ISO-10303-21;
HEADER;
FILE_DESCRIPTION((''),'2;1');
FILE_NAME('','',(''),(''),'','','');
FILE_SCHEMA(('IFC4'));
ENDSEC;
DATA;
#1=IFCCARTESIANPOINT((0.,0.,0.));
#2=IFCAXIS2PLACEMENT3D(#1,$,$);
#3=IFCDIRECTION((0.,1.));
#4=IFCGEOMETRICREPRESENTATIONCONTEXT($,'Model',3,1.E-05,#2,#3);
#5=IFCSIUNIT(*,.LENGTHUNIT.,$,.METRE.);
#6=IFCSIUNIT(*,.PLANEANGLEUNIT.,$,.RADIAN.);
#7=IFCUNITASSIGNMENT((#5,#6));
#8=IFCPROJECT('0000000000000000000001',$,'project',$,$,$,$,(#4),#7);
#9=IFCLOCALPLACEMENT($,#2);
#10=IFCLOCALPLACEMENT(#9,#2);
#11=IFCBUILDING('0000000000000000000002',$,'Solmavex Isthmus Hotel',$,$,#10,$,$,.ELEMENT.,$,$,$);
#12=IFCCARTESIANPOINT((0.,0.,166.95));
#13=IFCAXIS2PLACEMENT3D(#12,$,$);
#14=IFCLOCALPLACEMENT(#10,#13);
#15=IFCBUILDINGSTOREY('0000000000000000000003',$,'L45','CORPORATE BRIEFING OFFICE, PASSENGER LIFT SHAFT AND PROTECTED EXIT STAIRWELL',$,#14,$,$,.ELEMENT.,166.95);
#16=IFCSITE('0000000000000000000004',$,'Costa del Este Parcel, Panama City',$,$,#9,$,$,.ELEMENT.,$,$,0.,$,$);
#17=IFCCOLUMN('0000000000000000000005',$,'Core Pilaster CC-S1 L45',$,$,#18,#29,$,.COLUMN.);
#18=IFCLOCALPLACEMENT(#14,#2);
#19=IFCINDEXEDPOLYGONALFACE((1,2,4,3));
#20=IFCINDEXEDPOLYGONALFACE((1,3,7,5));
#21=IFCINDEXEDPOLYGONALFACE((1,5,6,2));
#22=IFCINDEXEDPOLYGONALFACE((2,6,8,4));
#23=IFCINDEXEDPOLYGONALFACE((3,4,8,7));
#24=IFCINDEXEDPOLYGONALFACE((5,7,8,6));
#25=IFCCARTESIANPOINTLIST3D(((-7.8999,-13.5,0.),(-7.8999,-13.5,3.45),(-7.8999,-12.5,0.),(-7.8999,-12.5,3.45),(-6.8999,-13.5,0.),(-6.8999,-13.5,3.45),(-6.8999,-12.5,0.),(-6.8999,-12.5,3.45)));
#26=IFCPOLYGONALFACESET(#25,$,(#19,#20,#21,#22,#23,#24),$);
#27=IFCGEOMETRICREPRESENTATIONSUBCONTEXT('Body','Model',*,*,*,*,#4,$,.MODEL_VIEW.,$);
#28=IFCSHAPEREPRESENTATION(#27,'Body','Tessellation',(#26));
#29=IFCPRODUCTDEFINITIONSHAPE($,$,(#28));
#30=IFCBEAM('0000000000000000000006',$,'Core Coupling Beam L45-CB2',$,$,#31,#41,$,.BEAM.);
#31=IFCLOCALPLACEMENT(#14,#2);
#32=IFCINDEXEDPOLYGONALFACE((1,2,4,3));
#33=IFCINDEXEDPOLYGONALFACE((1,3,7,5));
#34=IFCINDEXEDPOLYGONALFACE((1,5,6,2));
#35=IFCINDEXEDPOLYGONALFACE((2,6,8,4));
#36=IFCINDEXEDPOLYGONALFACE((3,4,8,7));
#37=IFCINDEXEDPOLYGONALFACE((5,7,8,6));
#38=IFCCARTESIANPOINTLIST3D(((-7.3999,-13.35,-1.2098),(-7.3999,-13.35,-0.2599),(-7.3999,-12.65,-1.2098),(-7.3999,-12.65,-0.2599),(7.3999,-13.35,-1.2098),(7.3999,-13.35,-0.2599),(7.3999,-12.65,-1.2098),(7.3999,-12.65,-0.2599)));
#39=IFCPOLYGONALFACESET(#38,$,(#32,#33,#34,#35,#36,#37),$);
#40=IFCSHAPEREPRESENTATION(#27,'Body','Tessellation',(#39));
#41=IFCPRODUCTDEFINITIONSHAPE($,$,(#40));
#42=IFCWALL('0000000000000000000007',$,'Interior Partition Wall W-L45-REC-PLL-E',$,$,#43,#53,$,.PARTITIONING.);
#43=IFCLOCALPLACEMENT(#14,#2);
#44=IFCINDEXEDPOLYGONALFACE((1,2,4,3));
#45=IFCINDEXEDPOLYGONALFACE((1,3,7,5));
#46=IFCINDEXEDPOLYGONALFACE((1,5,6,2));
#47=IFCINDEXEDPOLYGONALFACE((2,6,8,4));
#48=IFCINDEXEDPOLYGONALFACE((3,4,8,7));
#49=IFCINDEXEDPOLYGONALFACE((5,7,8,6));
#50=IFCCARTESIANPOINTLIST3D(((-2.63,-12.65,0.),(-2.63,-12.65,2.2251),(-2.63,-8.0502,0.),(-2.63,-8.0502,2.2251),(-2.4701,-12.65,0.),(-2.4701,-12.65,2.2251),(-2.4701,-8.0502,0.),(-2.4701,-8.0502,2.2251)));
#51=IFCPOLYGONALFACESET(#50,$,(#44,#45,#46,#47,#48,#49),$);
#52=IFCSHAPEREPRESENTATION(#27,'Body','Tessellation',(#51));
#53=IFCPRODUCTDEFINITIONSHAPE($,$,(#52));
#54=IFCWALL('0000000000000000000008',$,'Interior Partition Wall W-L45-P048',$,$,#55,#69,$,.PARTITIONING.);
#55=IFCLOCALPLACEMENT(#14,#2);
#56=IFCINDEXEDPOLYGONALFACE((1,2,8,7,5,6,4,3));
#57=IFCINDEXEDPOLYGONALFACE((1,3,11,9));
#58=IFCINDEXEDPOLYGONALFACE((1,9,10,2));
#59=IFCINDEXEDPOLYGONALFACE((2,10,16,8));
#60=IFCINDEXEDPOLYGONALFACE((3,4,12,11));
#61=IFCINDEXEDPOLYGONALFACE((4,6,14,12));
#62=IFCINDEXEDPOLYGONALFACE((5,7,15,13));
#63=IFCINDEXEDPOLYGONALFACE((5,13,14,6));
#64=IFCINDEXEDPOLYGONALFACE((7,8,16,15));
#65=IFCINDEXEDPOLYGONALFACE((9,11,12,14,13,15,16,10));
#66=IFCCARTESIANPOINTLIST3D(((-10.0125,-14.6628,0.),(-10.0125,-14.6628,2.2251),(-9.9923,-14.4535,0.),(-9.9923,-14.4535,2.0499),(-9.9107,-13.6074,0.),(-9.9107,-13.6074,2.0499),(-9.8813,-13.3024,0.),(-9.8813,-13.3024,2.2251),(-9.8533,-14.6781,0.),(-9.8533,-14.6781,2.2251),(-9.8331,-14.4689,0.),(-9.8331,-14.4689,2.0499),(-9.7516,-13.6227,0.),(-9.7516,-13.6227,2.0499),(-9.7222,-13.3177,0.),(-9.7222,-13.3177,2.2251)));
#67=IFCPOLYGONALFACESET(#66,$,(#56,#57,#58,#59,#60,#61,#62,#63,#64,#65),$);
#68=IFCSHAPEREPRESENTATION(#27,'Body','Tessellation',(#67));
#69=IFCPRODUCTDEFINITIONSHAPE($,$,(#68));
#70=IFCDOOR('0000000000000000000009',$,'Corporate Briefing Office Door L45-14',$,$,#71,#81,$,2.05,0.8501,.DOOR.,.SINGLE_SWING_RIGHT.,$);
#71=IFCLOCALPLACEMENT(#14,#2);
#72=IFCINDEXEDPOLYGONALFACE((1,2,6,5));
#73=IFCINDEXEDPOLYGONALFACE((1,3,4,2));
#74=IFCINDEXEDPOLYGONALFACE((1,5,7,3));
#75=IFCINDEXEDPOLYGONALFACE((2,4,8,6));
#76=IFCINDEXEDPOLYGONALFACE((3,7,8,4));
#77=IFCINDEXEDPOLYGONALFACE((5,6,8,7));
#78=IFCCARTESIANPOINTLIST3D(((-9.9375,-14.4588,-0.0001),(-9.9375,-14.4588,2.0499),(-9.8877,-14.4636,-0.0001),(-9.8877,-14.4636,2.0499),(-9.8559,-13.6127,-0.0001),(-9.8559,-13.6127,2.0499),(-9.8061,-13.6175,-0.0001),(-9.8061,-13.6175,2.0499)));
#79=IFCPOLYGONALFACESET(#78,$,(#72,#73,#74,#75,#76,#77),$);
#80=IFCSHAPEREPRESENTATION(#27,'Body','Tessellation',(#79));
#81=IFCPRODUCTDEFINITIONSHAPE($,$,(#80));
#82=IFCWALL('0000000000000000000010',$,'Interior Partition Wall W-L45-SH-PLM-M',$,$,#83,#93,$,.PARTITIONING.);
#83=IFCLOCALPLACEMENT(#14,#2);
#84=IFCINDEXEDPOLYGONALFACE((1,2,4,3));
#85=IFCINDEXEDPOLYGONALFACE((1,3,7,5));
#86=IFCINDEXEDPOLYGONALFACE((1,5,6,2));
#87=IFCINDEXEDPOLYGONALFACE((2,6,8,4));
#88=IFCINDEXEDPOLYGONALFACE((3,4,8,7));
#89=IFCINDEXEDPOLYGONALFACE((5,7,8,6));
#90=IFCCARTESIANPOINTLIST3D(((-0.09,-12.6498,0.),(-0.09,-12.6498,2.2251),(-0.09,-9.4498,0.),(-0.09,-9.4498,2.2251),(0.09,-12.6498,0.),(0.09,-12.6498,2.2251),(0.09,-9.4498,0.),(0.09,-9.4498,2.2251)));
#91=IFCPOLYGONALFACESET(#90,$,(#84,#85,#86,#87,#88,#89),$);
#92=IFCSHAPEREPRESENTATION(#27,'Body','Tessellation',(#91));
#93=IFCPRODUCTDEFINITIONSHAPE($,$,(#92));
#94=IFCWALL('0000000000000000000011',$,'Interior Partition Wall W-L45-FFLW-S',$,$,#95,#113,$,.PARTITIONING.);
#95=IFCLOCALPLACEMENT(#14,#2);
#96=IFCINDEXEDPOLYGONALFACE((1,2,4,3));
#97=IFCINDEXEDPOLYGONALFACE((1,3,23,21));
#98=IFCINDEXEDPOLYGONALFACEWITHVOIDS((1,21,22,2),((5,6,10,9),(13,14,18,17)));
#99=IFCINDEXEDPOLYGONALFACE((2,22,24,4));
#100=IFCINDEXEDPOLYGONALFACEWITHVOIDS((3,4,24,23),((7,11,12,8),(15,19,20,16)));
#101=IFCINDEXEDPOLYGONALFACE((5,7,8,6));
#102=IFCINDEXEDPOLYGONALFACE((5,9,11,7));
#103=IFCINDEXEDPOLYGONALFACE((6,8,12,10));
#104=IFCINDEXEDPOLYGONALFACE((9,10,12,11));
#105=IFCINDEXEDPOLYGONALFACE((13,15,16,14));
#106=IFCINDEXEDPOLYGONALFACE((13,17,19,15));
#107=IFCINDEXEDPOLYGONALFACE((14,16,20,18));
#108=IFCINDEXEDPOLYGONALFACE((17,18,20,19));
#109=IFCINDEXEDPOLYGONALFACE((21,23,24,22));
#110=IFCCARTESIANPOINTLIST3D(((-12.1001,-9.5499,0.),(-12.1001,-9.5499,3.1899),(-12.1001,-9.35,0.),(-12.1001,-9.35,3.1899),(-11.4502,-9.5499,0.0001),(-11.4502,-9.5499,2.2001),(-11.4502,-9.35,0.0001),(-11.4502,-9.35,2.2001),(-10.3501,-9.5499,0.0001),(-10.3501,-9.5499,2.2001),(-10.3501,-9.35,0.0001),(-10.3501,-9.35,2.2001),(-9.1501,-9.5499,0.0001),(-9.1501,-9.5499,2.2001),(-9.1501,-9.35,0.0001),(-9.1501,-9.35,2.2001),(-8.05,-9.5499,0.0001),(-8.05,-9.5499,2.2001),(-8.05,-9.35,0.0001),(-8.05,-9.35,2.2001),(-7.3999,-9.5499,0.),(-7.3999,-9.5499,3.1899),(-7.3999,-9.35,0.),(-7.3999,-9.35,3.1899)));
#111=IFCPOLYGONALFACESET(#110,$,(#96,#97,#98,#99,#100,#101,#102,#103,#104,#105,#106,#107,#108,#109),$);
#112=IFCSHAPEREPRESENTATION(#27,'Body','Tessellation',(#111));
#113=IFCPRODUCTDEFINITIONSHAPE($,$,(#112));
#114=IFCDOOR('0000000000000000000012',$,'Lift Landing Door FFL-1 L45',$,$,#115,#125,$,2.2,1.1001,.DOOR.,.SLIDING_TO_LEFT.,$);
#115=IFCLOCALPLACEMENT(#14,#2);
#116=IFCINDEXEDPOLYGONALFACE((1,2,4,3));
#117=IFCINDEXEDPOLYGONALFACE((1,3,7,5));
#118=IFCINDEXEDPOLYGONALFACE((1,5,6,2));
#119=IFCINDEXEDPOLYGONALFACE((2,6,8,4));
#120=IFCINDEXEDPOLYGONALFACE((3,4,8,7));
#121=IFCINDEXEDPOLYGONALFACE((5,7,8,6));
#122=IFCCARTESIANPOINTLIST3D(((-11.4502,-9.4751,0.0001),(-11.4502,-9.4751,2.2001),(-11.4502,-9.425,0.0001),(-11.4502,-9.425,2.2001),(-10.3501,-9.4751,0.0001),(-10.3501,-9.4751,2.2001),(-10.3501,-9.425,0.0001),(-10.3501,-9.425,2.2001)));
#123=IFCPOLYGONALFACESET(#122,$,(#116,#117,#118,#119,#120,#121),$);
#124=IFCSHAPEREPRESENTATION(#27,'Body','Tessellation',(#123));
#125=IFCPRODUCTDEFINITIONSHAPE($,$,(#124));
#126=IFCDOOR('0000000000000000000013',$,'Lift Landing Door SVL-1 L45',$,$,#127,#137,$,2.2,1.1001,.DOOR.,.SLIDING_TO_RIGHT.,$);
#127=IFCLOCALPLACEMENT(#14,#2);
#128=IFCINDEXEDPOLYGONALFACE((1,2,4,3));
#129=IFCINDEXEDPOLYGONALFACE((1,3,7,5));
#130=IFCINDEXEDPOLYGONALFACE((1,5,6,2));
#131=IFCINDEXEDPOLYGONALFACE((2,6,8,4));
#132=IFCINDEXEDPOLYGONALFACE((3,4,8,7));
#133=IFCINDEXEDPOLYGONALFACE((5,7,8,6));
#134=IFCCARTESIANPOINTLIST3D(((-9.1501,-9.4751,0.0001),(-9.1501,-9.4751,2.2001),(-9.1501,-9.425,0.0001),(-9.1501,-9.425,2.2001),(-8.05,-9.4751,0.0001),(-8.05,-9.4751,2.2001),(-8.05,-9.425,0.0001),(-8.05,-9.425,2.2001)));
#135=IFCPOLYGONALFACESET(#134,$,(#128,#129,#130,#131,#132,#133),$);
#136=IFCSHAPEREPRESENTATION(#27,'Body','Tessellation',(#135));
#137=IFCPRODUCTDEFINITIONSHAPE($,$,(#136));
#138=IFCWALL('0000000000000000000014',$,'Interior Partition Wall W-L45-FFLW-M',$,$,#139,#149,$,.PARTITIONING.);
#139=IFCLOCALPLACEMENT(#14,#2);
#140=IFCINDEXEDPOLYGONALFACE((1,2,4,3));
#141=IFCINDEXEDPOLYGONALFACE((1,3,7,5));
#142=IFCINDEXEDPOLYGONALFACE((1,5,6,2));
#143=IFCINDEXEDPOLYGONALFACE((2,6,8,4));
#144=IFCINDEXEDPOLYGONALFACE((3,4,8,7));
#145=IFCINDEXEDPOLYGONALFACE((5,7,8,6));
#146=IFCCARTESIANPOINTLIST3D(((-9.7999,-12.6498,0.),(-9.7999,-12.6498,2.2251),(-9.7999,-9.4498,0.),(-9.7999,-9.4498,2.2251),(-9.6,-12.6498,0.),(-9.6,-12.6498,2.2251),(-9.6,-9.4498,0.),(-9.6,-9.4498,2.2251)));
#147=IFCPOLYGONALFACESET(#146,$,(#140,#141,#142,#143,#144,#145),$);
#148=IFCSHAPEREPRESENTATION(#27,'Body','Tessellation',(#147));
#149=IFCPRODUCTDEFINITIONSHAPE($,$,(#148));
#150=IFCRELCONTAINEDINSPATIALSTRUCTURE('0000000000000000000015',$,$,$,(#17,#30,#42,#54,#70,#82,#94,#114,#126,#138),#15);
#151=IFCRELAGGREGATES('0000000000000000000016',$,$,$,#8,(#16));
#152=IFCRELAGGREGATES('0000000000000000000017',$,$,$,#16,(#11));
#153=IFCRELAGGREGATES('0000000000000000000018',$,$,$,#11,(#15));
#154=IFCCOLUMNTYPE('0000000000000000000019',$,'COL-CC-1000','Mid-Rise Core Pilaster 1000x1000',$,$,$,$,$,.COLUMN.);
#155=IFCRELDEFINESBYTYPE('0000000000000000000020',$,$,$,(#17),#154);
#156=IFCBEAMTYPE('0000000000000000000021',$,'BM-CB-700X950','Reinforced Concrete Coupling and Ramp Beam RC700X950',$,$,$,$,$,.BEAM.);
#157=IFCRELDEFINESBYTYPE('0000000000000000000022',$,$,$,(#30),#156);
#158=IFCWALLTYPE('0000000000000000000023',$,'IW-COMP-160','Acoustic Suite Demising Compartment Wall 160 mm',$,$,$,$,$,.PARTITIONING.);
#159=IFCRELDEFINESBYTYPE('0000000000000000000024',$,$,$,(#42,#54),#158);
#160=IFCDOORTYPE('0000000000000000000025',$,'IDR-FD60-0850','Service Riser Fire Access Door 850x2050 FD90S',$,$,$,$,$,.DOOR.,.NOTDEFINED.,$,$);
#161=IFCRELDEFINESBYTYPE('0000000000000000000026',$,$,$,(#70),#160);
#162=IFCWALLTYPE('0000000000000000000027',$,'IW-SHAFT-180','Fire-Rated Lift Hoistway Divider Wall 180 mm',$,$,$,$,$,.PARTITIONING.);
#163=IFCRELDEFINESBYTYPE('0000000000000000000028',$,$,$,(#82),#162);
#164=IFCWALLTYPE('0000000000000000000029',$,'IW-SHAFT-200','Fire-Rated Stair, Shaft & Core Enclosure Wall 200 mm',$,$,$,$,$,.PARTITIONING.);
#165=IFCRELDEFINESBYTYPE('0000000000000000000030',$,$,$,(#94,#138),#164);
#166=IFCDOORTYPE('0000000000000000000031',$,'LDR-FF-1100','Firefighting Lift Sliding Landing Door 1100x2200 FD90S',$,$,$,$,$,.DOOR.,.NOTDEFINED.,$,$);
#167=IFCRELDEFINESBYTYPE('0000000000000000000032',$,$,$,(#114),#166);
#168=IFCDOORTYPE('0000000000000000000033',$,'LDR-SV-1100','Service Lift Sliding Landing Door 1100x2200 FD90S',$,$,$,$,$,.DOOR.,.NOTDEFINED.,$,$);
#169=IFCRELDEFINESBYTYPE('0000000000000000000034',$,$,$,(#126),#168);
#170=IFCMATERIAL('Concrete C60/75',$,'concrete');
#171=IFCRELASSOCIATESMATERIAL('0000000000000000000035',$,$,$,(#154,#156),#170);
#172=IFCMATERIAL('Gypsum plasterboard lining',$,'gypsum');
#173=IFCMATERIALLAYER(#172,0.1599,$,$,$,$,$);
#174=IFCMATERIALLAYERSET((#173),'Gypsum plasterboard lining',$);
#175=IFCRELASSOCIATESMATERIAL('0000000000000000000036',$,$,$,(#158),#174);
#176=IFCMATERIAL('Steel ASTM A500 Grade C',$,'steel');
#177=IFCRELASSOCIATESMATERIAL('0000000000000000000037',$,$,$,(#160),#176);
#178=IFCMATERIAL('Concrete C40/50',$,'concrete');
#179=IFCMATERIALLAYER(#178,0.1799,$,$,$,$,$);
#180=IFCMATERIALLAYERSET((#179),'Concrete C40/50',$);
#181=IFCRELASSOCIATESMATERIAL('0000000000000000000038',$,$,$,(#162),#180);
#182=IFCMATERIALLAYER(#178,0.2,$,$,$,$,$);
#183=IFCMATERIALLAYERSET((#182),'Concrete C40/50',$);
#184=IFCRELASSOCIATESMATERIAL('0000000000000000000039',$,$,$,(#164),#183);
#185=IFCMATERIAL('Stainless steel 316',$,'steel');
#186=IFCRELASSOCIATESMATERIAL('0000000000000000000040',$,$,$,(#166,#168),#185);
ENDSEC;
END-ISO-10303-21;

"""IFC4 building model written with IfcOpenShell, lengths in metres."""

from ifc_helpers import new_model, si_unit, direction, frame, frame_2d, origin, origin_2d, place, context, subcontext, project, spatial, rectangle, extrude, material, layer, layer_set, material_profile, profile_set, type_object, element, fill, save


model = new_model("IFC4")

# Units and contexts
model_context = context("Model", 3, precision=1e-05, world=origin(), true_north=direction((0.0, 1.0)))
body_context = subcontext(model_context, "Body", "Model", "MODEL_VIEW")
ifc_project = project(units=[si_unit("LENGTHUNIT", "METRE"), si_unit("PLANEANGLEUNIT", "RADIAN")], contexts=[model_context])

# Site, building, storey
site_placement = place(None, origin())
site = spatial("IfcSite", under=ifc_project, at=site_placement, Name="Costa del Este Parcel, Panama City", CompositionType="ELEMENT", RefElevation=0.0)
building_placement = place(site_placement, origin())
building = spatial("IfcBuilding", under=site, at=building_placement, Name="Solmavex Isthmus Hotel", CompositionType="ELEMENT")
storey_placement = place(building_placement, frame((0.0, 0.0, 166.95)))
storey = spatial("IfcBuildingStorey", under=building, at=storey_placement, Name="L45", Description="CORPORATE BRIEFING OFFICE, PASSENGER LIFT SHAFT AND PROTECTED EXIT STAIRWELL", CompositionType="ELEMENT", Elevation=166.95)

# Column
ifc_material_1 = material(Name="Concrete C60/75", Category="concrete")
ifc_material_profile_1 = material_profile(ifc_material_1, rectangle(XDim=1.0, YDim=1.0, at=origin_2d()), Name="RC1000X1000")
ifc_profile_set_1 = profile_set([ifc_material_profile_1], Name="Concrete C60/75")
column_type = type_object("IfcColumnType", Name="COL-CC-1000", Description="Mid-Rise Core Pilaster 1000x1000", PredefinedType="COLUMN", material=ifc_profile_set_1)
column_placement = place(storey_placement, frame((-7.3999, -13.0, 0.0), z_axis=(0.0, 0.0, 1.0), x_axis=(1.0, 0.0, 0.0)))
element("IfcColumn", 1, at=column_placement, inside=storey, type_object=column_type, Name="Core Pilaster CC-S1 L45", PredefinedType="COLUMN", context=body_context, shape_type="SweptSolid", body=[
    extrude(rectangle(XDim=1.0, YDim=1.0, at=origin_2d()), origin(), (0.0, 0.0, 1.0), 3.45),
])

# Beam
ifc_material_profile_2 = material_profile(ifc_material_1, rectangle(XDim=0.7, YDim=0.95, at=origin_2d()), Name="RC700X950")
ifc_profile_set_2 = profile_set([ifc_material_profile_2], Name="Concrete C60/75")
beam_type = type_object("IfcBeamType", Name="BM-CB-700X950", Description="Reinforced Concrete Coupling and Ramp Beam RC700X950", PredefinedType="BEAM", material=ifc_profile_set_2)
beam_placement = place(storey_placement, frame((-7.3999, -13.0, -0.7349), z_axis=(1.0, 0.0, 0.0), x_axis=(0.0, 1.0, 0.0)))
element("IfcBeam", 2, at=beam_placement, inside=storey, type_object=beam_type, Name="Core Coupling Beam L45-CB2", PredefinedType="BEAM", context=body_context, shape_type="SweptSolid", body=[
    extrude(rectangle(XDim=0.7, YDim=0.95, at=origin_2d()), origin(), (0.0, 0.0, 1.0), 14.7998),
])

# Shared definitions
ifc_material_2 = material(Name="Gypsum plasterboard lining", Category="gypsum")
ifc_layer_1 = layer(ifc_material_2, 0.1599)
ifc_layer_set_1 = layer_set([ifc_layer_1], Name="Gypsum plasterboard lining")
wall_type_1 = type_object("IfcWallType", Name="IW-COMP-160", Description="Acoustic Suite Demising Compartment Wall 160 mm", PredefinedType="PARTITIONING", material=ifc_layer_set_1)

# Wall
wall_1_placement = place(storey_placement, frame((-2.55, -12.6499, 0.0), z_axis=(0.0, 0.0, 1.0), x_axis=(0.0, 1.0, 0.0)))
element("IfcWall", 3, at=wall_1_placement, inside=storey, type_object=wall_type_1, Name="Interior Partition Wall W-L45-REC-PLL-E", PredefinedType="PARTITIONING", context=body_context, shape_type="SweptSolid", body=[
    extrude(rectangle(XDim=4.5999, YDim=0.1599, at=frame_2d((2.2998, 0.0))), origin(), (0.0, 0.0, 1.0), 2.2251),
])

# Wall, opening, door
wall_2_placement = place(storey_placement, frame((-9.8018, -13.3101, 0.0), z_axis=(0.0, 0.0, 1.0), x_axis=(-0.09593, -0.995388, 0.0)))
wall_2 = element("IfcWall", 4, at=wall_2_placement, inside=storey, type_object=wall_type_1, Name="Interior Partition Wall W-L45-P048", PredefinedType="PARTITIONING", context=body_context, shape_type="SweptSolid", body=[
    extrude(rectangle(XDim=1.3667, YDim=0.1599, at=frame_2d((0.6833, 0.0))), origin(), (0.0, 0.0, 1.0), 2.2251),
])
opening_1_placement = place(wall_2_placement, frame((0.3064, 0.0, 0.0)))
opening_1 = element("IfcOpeningElement", 5, at=opening_1_placement, cuts=wall_2, PredefinedType="OPENING", context=body_context, shape_type="SweptSolid", body=[
    extrude(rectangle(XDim=0.8501, YDim=2.05, at=frame_2d((0.425, 1.0249))), frame((0.0, 0.0898, 0.0), z_axis=(0.0, -1.0, 0.0), x_axis=(1.0, 0.0, 0.0)), (0.0, 0.0, 1.0), 0.1799),
])
ifc_material_3 = material(Name="Steel ASTM A500 Grade C", Category="steel")
door_type_1 = type_object("IfcDoorType", Name="IDR-FD60-0850", Description="Service Riser Fire Access Door 850x2050 FD90S", OperationType="NOTDEFINED", PredefinedType="DOOR", material=ifc_material_3)
door_1_placement = place(opening_1_placement, frame((0.8501, 0.0, 0.0), z_axis=(0.0, 0.0, 1.0), x_axis=(-1.0, 0.0, 0.0)))
door_1 = element("IfcDoor", 6, at=door_1_placement, inside=storey, type_object=door_type_1, Name="Corporate Briefing Office Door L45-14", OperationType="SINGLE_SWING_RIGHT", OverallHeight=2.05, OverallWidth=0.8501, PredefinedType="DOOR", context=body_context, shape_type="SweptSolid", body=[
    extrude(rectangle(XDim=0.8501, YDim=2.05, at=frame_2d((0.425, 1.0249))), frame((0.0, 0.0249, 0.0), z_axis=(0.0, -1.0, 0.0), x_axis=(1.0, 0.0, 0.0)), (0.0, 0.0, 1.0), 0.05),
])
fill(opening_1, door_1)

# Wall
ifc_material_4 = material(Name="Concrete C40/50", Category="concrete")
ifc_layer_2 = layer(ifc_material_4, 0.1799)
ifc_layer_set_2 = layer_set([ifc_layer_2], Name="Concrete C40/50")
wall_type_2 = type_object("IfcWallType", Name="IW-SHAFT-180", Description="Fire-Rated Lift Hoistway Divider Wall 180 mm", PredefinedType="PARTITIONING", material=ifc_layer_set_2)
wall_3_placement = place(storey_placement, frame((0.0, -12.6499, 0.0), z_axis=(0.0, 0.0, 1.0), x_axis=(0.0, 1.0, 0.0)))
element("IfcWall", 7, at=wall_3_placement, inside=storey, type_object=wall_type_2, Name="Interior Partition Wall W-L45-SH-PLM-M", PredefinedType="PARTITIONING", context=body_context, shape_type="SweptSolid", body=[
    extrude(rectangle(XDim=3.2, YDim=0.1799, at=frame_2d((1.6001, 0.0))), origin(), (0.0, 0.0, 1.0), 2.2251),
])

# Wall, openings, doors
ifc_layer_3 = layer(ifc_material_4, 0.2)
ifc_layer_set_3 = layer_set([ifc_layer_3], Name="Concrete C40/50")
wall_type_3 = type_object("IfcWallType", Name="IW-SHAFT-200", Description="Fire-Rated Stair, Shaft & Core Enclosure Wall 200 mm", PredefinedType="PARTITIONING", material=ifc_layer_set_3)
wall_4_placement = place(storey_placement, frame((-12.1001, -9.45, 0.0), z_axis=(0.0, 0.0, 1.0), x_axis=(1.0, 0.0, 0.0)))
wall_4 = element("IfcWall", 8, at=wall_4_placement, inside=storey, type_object=wall_type_3, Name="Interior Partition Wall W-L45-FFLW-S", PredefinedType="PARTITIONING", context=body_context, shape_type="SweptSolid", body=[
    extrude(rectangle(XDim=4.7002, YDim=0.2, at=frame_2d((2.3501, 0.0))), origin(), (0.0, 0.0, 1.0), 3.1899),
])
opening_2_placement = place(wall_4_placement, frame((0.6499, 0.0, 0.0)))
opening_2 = element("IfcOpeningElement", 9, at=opening_2_placement, cuts=wall_4, PredefinedType="OPENING", context=body_context, shape_type="SweptSolid", body=[
    extrude(rectangle(XDim=1.1001, YDim=2.2, at=frame_2d((0.55, 1.1001))), frame((0.0, 0.1099, 0.0), z_axis=(0.0, -1.0, 0.0), x_axis=(1.0, 0.0, 0.0)), (0.0, 0.0, 1.0), 0.22),
])
opening_3_placement = place(wall_4_placement, frame((2.95, 0.0, 0.0)))
opening_3 = element("IfcOpeningElement", 10, at=opening_3_placement, cuts=wall_4, PredefinedType="OPENING", context=body_context, shape_type="SweptSolid", body=[
    extrude(rectangle(XDim=1.1001, YDim=2.2, at=frame_2d((0.55, 1.1001))), frame((0.0, 0.1099, 0.0), z_axis=(0.0, -1.0, 0.0), x_axis=(1.0, 0.0, 0.0)), (0.0, 0.0, 1.0), 0.22),
])
ifc_material_5 = material(Name="Stainless steel 316", Category="steel")
door_type_2 = type_object("IfcDoorType", Name="LDR-FF-1100", Description="Firefighting Lift Sliding Landing Door 1100x2200 FD90S", OperationType="NOTDEFINED", PredefinedType="DOOR", material=ifc_material_5)
door_2_placement = place(opening_2_placement, origin())
door_2 = element("IfcDoor", 11, at=door_2_placement, inside=storey, type_object=door_type_2, Name="Lift Landing Door FFL-1 L45", OperationType="SLIDING_TO_LEFT", OverallHeight=2.2, OverallWidth=1.1001, PredefinedType="DOOR", context=body_context, shape_type="SweptSolid", body=[
    extrude(rectangle(XDim=1.1001, YDim=2.2, at=frame_2d((0.55, 1.1001))), frame((0.0, 0.0249, 0.0), z_axis=(0.0, -1.0, 0.0), x_axis=(1.0, 0.0, 0.0)), (0.0, 0.0, 1.0), 0.05),
])
fill(opening_2, door_2)
door_type_3 = type_object("IfcDoorType", Name="LDR-SV-1100", Description="Service Lift Sliding Landing Door 1100x2200 FD90S", OperationType="NOTDEFINED", PredefinedType="DOOR", material=ifc_material_5)
door_3_placement = place(opening_3_placement, origin())
door_3 = element("IfcDoor", 12, at=door_3_placement, inside=storey, type_object=door_type_3, Name="Lift Landing Door SVL-1 L45", OperationType="SLIDING_TO_RIGHT", OverallHeight=2.2, OverallWidth=1.1001, PredefinedType="DOOR", context=body_context, shape_type="SweptSolid", body=[
    extrude(rectangle(XDim=1.1001, YDim=2.2, at=frame_2d((0.55, 1.1001))), frame((0.0, 0.0249, 0.0), z_axis=(0.0, -1.0, 0.0), x_axis=(1.0, 0.0, 0.0)), (0.0, 0.0, 1.0), 0.05),
])
fill(opening_3, door_3)

# Wall
wall_5_placement = place(storey_placement, frame((-9.7, -12.6499, 0.0), z_axis=(0.0, 0.0, 1.0), x_axis=(0.0, 1.0, 0.0)))
element("IfcWall", 13, at=wall_5_placement, inside=storey, type_object=wall_type_3, Name="Interior Partition Wall W-L45-FFLW-M", PredefinedType="PARTITIONING", context=body_context, shape_type="SweptSolid", body=[
    extrude(rectangle(XDim=3.2, YDim=0.2, at=frame_2d((1.6001, 0.0))), origin(), (0.0, 0.0, 1.0), 2.2251),
])

save(model, "model.ifc")
